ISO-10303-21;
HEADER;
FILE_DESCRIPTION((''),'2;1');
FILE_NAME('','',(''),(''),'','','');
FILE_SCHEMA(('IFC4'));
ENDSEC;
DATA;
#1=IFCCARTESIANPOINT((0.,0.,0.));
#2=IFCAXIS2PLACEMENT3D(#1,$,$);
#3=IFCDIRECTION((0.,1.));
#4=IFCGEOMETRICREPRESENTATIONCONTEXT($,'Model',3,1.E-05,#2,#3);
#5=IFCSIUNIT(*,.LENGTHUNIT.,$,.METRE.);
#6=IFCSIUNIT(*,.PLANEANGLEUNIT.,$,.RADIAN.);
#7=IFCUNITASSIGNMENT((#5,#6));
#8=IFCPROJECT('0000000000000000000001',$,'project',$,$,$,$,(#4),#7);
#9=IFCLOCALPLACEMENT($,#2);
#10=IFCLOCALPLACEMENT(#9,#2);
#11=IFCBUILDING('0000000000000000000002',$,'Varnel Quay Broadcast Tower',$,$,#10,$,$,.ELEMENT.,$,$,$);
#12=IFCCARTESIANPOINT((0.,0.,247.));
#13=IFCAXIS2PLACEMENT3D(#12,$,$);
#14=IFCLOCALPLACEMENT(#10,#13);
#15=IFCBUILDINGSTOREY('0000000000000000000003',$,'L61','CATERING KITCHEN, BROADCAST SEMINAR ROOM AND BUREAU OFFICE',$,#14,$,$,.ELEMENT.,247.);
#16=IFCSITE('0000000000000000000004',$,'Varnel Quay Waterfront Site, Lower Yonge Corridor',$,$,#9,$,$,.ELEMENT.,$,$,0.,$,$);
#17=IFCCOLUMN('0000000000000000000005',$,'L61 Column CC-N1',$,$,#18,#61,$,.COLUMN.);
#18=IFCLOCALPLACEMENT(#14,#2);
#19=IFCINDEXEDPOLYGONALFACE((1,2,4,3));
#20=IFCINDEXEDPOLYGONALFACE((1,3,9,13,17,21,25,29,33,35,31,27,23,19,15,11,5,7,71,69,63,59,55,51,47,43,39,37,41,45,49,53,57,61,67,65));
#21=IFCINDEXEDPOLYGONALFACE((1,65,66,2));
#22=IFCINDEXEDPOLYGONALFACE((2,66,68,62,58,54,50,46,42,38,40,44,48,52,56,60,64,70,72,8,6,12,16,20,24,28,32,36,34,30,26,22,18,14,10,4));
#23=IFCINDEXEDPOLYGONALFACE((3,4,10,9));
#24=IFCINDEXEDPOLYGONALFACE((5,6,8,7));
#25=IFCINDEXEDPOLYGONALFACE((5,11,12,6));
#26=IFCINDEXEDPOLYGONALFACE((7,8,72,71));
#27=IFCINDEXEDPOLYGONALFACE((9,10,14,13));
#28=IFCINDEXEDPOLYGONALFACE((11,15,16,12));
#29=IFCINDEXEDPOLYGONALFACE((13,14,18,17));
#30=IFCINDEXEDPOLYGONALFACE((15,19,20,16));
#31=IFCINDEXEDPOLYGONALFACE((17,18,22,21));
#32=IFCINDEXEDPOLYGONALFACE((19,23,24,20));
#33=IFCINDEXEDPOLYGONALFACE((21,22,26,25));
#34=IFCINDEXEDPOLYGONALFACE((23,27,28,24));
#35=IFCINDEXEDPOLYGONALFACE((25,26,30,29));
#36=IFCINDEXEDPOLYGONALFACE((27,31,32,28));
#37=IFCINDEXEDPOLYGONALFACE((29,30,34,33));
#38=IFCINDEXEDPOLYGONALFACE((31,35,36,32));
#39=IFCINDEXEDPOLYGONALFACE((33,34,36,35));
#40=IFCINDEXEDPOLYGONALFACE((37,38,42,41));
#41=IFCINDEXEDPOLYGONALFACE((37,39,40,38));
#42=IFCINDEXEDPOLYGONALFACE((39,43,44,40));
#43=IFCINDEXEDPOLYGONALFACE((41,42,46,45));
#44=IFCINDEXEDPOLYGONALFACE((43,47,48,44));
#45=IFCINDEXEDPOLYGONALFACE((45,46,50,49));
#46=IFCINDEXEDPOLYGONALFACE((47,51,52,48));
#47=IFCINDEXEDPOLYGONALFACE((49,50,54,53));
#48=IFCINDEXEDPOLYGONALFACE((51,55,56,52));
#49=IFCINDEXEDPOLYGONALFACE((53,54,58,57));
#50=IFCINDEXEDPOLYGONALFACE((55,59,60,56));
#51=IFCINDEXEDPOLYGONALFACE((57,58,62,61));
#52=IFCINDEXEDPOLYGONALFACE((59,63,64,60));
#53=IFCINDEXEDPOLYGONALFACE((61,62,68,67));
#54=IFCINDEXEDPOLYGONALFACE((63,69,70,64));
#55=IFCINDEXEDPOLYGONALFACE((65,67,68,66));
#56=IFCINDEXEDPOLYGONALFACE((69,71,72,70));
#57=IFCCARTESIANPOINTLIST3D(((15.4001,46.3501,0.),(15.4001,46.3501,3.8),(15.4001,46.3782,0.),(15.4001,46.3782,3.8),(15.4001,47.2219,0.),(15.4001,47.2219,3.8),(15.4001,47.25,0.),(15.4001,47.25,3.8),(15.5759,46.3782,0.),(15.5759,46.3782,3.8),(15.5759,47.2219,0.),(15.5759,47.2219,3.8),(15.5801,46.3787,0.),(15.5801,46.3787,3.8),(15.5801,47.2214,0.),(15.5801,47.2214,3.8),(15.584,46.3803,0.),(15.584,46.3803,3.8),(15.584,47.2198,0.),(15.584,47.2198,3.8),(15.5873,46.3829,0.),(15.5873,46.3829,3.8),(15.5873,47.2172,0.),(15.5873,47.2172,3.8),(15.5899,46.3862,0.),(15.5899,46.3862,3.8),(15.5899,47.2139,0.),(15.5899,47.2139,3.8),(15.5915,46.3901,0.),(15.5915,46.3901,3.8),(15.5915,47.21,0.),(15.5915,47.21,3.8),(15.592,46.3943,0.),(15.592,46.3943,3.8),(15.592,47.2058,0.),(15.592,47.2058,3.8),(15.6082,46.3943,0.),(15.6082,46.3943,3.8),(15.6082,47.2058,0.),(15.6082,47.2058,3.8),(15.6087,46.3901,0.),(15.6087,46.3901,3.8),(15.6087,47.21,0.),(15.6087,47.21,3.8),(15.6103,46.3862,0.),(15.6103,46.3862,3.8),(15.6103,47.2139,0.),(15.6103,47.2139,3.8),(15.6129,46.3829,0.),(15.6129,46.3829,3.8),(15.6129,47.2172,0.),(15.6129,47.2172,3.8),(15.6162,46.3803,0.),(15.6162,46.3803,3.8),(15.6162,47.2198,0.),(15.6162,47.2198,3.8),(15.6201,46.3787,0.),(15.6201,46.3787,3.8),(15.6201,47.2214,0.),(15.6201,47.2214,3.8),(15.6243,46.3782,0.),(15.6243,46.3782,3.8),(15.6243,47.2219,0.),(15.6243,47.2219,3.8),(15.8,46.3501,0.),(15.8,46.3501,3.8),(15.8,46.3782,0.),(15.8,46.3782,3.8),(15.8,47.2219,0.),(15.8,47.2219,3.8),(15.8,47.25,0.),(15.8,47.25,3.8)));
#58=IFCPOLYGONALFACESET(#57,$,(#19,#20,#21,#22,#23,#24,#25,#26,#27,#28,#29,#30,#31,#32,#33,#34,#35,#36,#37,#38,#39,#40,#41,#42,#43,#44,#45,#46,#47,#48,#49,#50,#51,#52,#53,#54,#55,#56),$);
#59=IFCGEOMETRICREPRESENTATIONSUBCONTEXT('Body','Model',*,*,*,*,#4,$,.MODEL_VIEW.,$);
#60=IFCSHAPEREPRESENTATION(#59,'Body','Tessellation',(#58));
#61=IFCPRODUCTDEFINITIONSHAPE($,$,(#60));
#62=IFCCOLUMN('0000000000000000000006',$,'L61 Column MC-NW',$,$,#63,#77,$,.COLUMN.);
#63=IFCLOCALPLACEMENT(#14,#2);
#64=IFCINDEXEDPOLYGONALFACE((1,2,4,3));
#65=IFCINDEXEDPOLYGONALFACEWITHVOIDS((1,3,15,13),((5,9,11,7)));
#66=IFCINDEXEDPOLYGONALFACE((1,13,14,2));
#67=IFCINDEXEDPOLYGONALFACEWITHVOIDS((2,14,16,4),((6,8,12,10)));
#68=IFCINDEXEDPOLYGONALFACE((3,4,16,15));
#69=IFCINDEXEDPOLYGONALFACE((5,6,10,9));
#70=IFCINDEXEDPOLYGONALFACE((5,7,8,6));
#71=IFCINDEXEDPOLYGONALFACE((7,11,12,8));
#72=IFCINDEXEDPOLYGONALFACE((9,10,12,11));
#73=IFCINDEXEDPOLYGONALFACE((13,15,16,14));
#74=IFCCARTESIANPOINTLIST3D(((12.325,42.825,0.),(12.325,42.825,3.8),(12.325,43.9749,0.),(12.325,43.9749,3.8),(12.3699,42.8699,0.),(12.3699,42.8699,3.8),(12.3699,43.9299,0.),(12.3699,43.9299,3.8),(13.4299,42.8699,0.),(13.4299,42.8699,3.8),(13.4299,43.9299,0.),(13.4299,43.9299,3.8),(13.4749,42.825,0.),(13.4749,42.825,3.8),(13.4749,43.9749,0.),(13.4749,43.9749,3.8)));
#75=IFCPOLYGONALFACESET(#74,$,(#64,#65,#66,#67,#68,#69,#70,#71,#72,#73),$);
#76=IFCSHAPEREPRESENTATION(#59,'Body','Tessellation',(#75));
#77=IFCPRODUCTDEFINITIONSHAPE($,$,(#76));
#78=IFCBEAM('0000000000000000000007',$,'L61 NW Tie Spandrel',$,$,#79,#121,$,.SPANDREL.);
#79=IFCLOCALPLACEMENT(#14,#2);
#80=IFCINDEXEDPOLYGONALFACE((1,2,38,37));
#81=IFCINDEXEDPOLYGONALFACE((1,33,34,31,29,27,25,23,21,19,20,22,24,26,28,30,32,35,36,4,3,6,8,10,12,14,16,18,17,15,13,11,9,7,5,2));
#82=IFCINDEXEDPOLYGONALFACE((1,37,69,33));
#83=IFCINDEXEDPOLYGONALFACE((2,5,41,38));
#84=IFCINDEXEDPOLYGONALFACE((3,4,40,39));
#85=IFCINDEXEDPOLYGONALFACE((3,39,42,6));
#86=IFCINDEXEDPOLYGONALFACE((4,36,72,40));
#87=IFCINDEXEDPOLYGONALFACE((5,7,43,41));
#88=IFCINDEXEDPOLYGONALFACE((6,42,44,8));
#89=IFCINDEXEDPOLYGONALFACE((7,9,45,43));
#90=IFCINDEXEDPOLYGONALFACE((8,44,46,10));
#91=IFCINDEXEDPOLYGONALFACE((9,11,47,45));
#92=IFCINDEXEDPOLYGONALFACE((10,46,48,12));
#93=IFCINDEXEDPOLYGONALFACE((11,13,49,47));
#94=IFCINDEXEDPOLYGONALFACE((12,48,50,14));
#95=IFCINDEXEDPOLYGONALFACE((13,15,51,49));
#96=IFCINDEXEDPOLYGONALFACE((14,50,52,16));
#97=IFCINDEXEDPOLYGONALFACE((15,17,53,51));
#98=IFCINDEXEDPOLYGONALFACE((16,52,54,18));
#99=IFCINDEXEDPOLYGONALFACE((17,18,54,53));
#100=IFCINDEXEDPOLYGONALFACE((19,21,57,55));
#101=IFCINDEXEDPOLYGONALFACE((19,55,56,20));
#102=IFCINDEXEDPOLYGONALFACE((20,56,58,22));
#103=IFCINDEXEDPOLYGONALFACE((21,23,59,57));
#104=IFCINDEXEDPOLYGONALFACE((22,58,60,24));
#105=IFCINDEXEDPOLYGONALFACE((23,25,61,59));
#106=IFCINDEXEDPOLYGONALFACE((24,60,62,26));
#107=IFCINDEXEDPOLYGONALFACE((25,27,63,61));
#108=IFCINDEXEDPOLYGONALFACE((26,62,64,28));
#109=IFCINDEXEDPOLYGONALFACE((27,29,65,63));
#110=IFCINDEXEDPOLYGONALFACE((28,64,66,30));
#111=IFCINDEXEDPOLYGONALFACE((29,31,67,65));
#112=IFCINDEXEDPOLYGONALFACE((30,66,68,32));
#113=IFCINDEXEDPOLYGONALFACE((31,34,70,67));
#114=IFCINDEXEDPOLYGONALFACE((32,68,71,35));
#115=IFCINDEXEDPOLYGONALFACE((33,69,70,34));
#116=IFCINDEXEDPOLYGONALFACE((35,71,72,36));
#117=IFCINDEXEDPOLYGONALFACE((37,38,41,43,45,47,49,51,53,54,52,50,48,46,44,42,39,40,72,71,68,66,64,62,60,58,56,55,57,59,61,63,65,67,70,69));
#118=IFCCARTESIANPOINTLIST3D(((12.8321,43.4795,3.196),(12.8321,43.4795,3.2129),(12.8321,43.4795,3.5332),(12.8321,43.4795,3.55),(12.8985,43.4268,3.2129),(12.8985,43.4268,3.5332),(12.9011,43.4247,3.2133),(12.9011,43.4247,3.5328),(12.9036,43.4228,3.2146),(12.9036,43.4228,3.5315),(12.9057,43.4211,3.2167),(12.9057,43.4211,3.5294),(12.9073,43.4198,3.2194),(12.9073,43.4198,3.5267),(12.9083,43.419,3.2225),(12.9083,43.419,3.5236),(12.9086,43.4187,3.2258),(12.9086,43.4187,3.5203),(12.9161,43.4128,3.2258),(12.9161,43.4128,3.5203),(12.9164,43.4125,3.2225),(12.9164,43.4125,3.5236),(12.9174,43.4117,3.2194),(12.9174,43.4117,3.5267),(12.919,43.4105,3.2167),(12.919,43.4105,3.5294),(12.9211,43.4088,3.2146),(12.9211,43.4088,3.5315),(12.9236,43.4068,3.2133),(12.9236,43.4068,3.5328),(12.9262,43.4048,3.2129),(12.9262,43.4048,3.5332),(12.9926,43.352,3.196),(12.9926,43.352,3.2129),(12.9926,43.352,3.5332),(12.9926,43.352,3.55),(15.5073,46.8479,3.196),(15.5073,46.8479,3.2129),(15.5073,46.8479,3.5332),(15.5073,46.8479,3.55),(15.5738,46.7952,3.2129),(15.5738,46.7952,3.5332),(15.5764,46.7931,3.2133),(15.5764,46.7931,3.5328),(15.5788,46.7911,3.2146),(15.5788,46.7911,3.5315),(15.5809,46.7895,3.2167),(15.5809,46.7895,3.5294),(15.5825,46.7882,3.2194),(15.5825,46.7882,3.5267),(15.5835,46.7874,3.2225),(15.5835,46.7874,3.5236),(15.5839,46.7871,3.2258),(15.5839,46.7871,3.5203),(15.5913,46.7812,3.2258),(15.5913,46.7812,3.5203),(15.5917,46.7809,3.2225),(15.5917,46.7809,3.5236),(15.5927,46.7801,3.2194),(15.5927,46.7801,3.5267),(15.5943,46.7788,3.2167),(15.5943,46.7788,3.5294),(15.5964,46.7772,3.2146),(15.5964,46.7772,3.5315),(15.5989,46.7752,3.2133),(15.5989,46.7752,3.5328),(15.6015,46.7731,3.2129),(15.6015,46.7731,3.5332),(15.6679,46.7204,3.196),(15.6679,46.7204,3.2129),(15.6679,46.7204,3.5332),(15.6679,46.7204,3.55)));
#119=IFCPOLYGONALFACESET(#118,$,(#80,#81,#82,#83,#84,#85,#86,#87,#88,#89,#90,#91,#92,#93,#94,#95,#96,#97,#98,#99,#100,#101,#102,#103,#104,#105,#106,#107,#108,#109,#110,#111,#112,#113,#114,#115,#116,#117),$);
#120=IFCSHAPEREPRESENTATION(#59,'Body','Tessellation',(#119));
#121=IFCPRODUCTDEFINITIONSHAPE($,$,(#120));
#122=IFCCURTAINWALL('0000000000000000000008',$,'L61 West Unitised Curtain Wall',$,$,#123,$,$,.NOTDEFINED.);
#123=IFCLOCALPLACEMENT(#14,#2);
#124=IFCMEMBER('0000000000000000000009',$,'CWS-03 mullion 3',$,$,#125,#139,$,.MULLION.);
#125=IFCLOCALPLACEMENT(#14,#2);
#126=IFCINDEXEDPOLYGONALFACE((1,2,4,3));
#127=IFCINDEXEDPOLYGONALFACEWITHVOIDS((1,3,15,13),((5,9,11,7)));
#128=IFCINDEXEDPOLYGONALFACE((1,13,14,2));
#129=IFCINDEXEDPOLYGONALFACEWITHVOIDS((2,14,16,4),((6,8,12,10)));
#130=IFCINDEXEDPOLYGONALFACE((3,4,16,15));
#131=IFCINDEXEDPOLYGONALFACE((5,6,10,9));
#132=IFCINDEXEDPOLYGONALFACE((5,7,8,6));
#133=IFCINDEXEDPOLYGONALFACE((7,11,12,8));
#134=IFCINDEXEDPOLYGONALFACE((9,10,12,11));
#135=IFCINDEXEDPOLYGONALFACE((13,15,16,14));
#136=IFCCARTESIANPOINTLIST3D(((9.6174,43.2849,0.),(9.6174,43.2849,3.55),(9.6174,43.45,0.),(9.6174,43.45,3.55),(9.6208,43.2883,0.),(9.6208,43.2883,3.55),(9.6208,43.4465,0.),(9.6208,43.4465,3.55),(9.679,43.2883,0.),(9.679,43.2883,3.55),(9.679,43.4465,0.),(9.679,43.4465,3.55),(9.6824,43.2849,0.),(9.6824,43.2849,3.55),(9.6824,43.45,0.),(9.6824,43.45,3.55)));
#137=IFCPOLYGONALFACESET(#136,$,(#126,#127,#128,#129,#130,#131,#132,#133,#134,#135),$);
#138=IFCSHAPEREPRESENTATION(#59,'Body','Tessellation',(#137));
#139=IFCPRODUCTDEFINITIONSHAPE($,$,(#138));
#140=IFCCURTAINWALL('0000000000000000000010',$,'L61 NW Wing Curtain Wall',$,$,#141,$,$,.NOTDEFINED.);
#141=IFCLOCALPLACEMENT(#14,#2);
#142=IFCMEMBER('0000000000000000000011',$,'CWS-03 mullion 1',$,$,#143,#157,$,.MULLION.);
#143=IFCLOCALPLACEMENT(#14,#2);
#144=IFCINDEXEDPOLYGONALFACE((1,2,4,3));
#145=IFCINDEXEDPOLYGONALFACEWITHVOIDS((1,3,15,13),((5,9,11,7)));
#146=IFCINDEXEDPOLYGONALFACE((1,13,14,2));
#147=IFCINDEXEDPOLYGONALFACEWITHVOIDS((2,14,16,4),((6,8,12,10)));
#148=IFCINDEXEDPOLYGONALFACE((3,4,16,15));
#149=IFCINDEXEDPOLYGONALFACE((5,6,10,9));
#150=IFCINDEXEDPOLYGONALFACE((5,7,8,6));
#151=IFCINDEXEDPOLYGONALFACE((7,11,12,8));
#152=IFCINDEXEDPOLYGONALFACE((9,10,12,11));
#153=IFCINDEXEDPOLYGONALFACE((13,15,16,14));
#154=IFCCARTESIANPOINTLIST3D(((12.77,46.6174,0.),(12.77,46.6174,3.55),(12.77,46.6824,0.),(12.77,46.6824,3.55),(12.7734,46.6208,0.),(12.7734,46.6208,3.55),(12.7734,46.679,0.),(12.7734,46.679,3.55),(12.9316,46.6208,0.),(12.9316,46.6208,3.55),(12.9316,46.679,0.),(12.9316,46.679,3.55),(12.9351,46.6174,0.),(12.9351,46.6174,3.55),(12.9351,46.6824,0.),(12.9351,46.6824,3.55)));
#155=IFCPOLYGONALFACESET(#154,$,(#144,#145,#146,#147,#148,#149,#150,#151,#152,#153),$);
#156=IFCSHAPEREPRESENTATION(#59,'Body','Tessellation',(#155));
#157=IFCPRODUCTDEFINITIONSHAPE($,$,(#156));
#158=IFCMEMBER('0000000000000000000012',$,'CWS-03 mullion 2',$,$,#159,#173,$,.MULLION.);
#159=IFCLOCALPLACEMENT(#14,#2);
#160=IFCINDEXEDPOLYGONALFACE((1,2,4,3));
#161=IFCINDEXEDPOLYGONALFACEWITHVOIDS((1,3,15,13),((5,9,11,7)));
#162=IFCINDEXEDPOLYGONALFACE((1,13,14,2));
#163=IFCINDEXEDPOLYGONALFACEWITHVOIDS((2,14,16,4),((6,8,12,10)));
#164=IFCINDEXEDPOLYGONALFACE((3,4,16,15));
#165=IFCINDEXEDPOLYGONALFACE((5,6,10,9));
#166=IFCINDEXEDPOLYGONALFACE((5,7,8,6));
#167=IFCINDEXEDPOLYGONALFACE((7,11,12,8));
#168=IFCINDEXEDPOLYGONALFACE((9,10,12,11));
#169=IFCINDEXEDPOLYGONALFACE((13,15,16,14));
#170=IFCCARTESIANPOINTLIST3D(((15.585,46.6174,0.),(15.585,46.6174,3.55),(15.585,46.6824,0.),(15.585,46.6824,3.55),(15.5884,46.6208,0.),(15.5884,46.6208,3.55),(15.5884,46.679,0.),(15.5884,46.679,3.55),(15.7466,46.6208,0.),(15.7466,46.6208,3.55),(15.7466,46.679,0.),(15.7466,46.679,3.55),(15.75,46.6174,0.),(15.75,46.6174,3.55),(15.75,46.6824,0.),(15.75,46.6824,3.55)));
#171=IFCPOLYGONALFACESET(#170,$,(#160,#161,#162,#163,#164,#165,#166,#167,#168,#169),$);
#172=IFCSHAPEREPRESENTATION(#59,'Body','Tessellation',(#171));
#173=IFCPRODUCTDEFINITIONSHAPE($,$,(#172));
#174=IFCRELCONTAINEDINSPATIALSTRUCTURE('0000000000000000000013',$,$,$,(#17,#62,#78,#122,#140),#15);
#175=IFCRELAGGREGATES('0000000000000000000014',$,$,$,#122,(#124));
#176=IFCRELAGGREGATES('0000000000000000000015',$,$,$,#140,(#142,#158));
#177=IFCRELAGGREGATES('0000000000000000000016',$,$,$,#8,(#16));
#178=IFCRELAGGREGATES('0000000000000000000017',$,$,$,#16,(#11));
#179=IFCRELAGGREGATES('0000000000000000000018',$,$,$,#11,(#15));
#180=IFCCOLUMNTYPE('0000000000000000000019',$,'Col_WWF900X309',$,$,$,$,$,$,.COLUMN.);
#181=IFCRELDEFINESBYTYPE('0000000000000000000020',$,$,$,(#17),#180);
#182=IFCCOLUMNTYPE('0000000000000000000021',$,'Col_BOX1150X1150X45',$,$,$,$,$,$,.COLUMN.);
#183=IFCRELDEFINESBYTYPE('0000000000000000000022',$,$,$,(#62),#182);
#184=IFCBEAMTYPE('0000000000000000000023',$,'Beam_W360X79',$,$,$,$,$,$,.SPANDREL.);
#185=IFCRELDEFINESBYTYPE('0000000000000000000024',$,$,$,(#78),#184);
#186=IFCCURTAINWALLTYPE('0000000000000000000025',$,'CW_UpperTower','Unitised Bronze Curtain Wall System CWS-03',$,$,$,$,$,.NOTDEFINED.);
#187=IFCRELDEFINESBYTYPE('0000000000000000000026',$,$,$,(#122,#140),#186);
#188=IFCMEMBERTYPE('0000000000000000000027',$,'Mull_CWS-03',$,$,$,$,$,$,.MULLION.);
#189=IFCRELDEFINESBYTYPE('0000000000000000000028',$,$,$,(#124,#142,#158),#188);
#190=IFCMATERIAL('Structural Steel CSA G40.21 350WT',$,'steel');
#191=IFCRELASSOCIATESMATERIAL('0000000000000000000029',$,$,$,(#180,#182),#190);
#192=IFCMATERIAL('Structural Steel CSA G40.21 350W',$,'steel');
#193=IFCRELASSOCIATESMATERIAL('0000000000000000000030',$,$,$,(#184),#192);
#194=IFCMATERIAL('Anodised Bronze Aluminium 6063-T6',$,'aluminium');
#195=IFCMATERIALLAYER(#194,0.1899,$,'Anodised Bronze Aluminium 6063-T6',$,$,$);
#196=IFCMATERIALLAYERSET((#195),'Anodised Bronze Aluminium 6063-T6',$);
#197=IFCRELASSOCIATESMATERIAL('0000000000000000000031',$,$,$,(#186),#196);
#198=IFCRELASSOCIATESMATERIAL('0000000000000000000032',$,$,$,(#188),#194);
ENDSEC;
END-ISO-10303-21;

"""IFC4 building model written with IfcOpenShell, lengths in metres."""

from ifc_helpers import new_model, si_unit, direction, frame, origin, origin_2d, place, context, subcontext, project, spatial, hollow_rectangle, i_section, extrude, source, transform, mapped, material, layer, layer_set, material_profile, profile_set, type_object, type_shapes, element, aggregate, save


model = new_model("IFC4")

# Units and contexts
model_context = context("Model", 3, precision=1e-05, world=origin(), true_north=direction((0.0, 1.0)))
body_context = subcontext(model_context, "Body", "Model", "MODEL_VIEW")
ifc_project = project(units=[si_unit("LENGTHUNIT", "METRE"), si_unit("PLANEANGLEUNIT", "RADIAN")], contexts=[model_context])

# Site, building, storey
site_placement = place(None, origin())
site = spatial("IfcSite", under=ifc_project, at=site_placement, Name="Varnel Quay Waterfront Site, Lower Yonge Corridor", CompositionType="ELEMENT", RefElevation=0.0)
building_placement = place(site_placement, origin())
building = spatial("IfcBuilding", under=site, at=building_placement, Name="Varnel Quay Broadcast Tower", CompositionType="ELEMENT")
storey_placement = place(building_placement, frame((0.0, 0.0, 247.0)))
storey = spatial("IfcBuildingStorey", under=building, at=storey_placement, Name="L61", Description="CATERING KITCHEN, BROADCAST SEMINAR ROOM AND BUREAU OFFICE", CompositionType="ELEMENT", Elevation=247.0)

# Columns
ifc_material_1 = material(Name="Structural Steel CSA G40.21 350WT", Category="steel")
ifc_material_profile_1 = material_profile(ifc_material_1, i_section(OverallWidth=0.3999, OverallDepth=0.8999, WebThickness=0.0161, FlangeThickness=0.0281, FilletRadius=0.0161, at=origin_2d()), Name="WWF900X309")
ifc_profile_set_1 = profile_set([ifc_material_profile_1], Name="Structural Steel CSA G40.21 350WT")
column_type_1 = type_object("IfcColumnType", Name="Col_WWF900X309", PredefinedType="COLUMN", material=ifc_profile_set_1)
shared_shape_1 = source(origin(), body_context, "Body", "SweptSolid", [
    extrude(i_section(OverallWidth=0.3999, OverallDepth=0.8999, WebThickness=0.0161, FlangeThickness=0.0281, FilletRadius=0.0161, at=origin_2d()), origin(), (0.0, 0.0, 1.0), 3.8),
])
type_shapes(column_type_1, [shared_shape_1])
column_1_placement = place(storey_placement, frame((15.6001, 46.8, 0.0), z_axis=(0.0, 0.0, 1.0), x_axis=(1.0, 0.0, 0.0)))
element("IfcColumn", 1, at=column_1_placement, inside=storey, type_object=column_type_1, Name="L61 Column CC-N1", PredefinedType="COLUMN", context=body_context, shape_type="MappedRepresentation", body=[
    mapped(shared_shape_1, transform((0.0, 0.0, 0.0), x_axis=(1.0, 0.0, 0.0), y_axis=(0.0, 1.0, 0.0), z_axis=(0.0, 0.0, 1.0), scale=1.0)),
])
ifc_material_profile_2 = material_profile(ifc_material_1, hollow_rectangle(XDim=1.1499, YDim=1.1499, WallThickness=0.0449, at=origin_2d()), Name="BOX1150X1150X45")
ifc_profile_set_2 = profile_set([ifc_material_profile_2], Name="Structural Steel CSA G40.21 350WT")
column_type_2 = type_object("IfcColumnType", Name="Col_BOX1150X1150X45", PredefinedType="COLUMN", material=ifc_profile_set_2)
shared_shape_2 = source(origin(), body_context, "Body", "SweptSolid", [
    extrude(hollow_rectangle(XDim=1.1499, YDim=1.1499, WallThickness=0.0449, at=origin_2d()), origin(), (0.0, 0.0, 1.0), 3.8),
])
type_shapes(column_type_2, [shared_shape_2])
column_2_placement = place(storey_placement, frame((12.8999, 43.3999, 0.0), z_axis=(0.0, 0.0, 1.0), x_axis=(1.0, 0.0, 0.0)))
element("IfcColumn", 2, at=column_2_placement, inside=storey, type_object=column_type_2, Name="L61 Column MC-NW", PredefinedType="COLUMN", context=body_context, shape_type="MappedRepresentation", body=[
    mapped(shared_shape_2, transform((0.0, 0.0, 0.0), x_axis=(1.0, 0.0, 0.0), y_axis=(0.0, 1.0, 0.0), z_axis=(0.0, 0.0, 1.0), scale=1.0)),
])

# Beam
ifc_material_2 = material(Name="Structural Steel CSA G40.21 350W", Category="steel")
ifc_material_profile_3 = material_profile(ifc_material_2, i_section(OverallWidth=0.2051, OverallDepth=0.354, WebThickness=0.0095, FlangeThickness=0.0168, FilletRadius=0.0129, at=origin_2d()), Name="W360X79")
ifc_profile_set_3 = profile_set([ifc_material_profile_3], Name="Structural Steel CSA G40.21 350W")
beam_type = type_object("IfcBeamType", Name="Beam_W360X79", PredefinedType="SPANDREL", material=ifc_profile_set_3)
shared_shape_3 = source(origin(), body_context, "Body", "SweptSolid", [
    extrude(i_section(OverallWidth=0.2051, OverallDepth=0.354, WebThickness=0.0095, FlangeThickness=0.0168, FilletRadius=0.0129, at=origin_2d()), origin(), (0.0, 0.0, 1.0), 4.3015),
])
type_shapes(beam_type, [shared_shape_3])
beam_placement = place(storey_placement, frame((12.9124, 43.4158, 3.373), z_axis=(0.621936, 0.783068, 0.0), x_axis=(-0.783068, 0.621936, 0.0)))
element("IfcBeam", 3, at=beam_placement, inside=storey, type_object=beam_type, Name="L61 NW Tie Spandrel", PredefinedType="SPANDREL", context=body_context, shape_type="MappedRepresentation", body=[
    mapped(shared_shape_3, transform((0.0, 0.0, 0.0), x_axis=(1.0, 0.0, 0.0), y_axis=(0.0, 1.0, 0.0), z_axis=(0.0, 0.0, 1.0), scale=1.0)),
])

# Curtain wall, member
ifc_material_3 = material(Name="Anodised Bronze Aluminium 6063-T6", Category="aluminium")
ifc_layer_1 = layer(ifc_material_3, 0.1899, Name="Anodised Bronze Aluminium 6063-T6")
ifc_layer_set_1 = layer_set([ifc_layer_1], Name="Anodised Bronze Aluminium 6063-T6")
curtain_wall_type = type_object("IfcCurtainWallType", Name="CW_UpperTower", Description="Unitised Bronze Curtain Wall System CWS-03", PredefinedType="NOTDEFINED", material=ifc_layer_set_1)
curtain_wall_1_placement = place(storey_placement, origin())
curtain_wall_1 = element("IfcCurtainWall", 4, at=curtain_wall_1_placement, inside=storey, type_object=curtain_wall_type, Name="L61 West Unitised Curtain Wall", PredefinedType="NOTDEFINED")
ifc_material_profile_4 = material_profile(ifc_material_3, hollow_rectangle(XDim=0.0649, YDim=0.165, WallThickness=0.0034, at=origin_2d()), Name="ALU65X165X3.5")
ifc_profile_set_4 = profile_set([ifc_material_profile_4], Name="Anodised Bronze Aluminium 6063-T6")
member_type_1 = type_object("IfcMemberType", Name="Mull_CWS-03", PredefinedType="MULLION", material=ifc_profile_set_4)
shared_shape_4 = source(origin(), body_context, "Body", "SweptSolid", [
    extrude(hollow_rectangle(XDim=0.0649, YDim=0.165, WallThickness=0.0034, at=origin_2d()), origin(), (0.0, 0.0, 1.0), 3.55),
])
type_shapes(member_type_1, [shared_shape_4])
member_1_placement = place(storey_placement, frame((9.6499, 43.3674, 0.0), z_axis=(0.0, 0.0, 1.0), x_axis=(-1.0, 0.0, 0.0)))
member_1 = element("IfcMember", 5, at=member_1_placement, type_object=member_type_1, Name="CWS-03 mullion 3", PredefinedType="MULLION", context=body_context, shape_type="MappedRepresentation", body=[
    mapped(shared_shape_4, transform((0.0, 0.0, 0.0), x_axis=(1.0, 0.0, 0.0), y_axis=(0.0, 1.0, 0.0), z_axis=(0.0, 0.0, 1.0), scale=1.0)),
])
aggregate(curtain_wall_1, [member_1])

# Curtain wall, members
curtain_wall_2_placement = place(storey_placement, origin())
curtain_wall_2 = element("IfcCurtainWall", 6, at=curtain_wall_2_placement, inside=storey, type_object=curtain_wall_type, Name="L61 NW Wing Curtain Wall", PredefinedType="NOTDEFINED")
member_2_placement = place(storey_placement, frame((12.8525, 46.6499, 0.0), z_axis=(0.0, 0.0, 1.0), x_axis=(0.0, 1.0, 0.0)))
member_2 = element("IfcMember", 7, at=member_2_placement, type_object=member_type_1, Name="CWS-03 mullion 1", PredefinedType="MULLION", context=body_context, shape_type="MappedRepresentation", body=[
    mapped(shared_shape_4, transform((0.0, 0.0, 0.0), x_axis=(1.0, 0.0, 0.0), y_axis=(0.0, 1.0, 0.0), z_axis=(0.0, 0.0, 1.0), scale=1.0)),
])
member_3_placement = place(storey_placement, frame((15.6675, 46.6499, 0.0), z_axis=(0.0, 0.0, 1.0), x_axis=(0.0, 1.0, 0.0)))
member_3 = element("IfcMember", 8, at=member_3_placement, type_object=member_type_1, Name="CWS-03 mullion 2", PredefinedType="MULLION", context=body_context, shape_type="MappedRepresentation", body=[
    mapped(shared_shape_4, transform((0.0, 0.0, 0.0), x_axis=(1.0, 0.0, 0.0), y_axis=(0.0, 1.0, 0.0), z_axis=(0.0, 0.0, 1.0), scale=1.0)),
])
aggregate(curtain_wall_2, [member_2, member_3])

save(model, "model.ifc")
